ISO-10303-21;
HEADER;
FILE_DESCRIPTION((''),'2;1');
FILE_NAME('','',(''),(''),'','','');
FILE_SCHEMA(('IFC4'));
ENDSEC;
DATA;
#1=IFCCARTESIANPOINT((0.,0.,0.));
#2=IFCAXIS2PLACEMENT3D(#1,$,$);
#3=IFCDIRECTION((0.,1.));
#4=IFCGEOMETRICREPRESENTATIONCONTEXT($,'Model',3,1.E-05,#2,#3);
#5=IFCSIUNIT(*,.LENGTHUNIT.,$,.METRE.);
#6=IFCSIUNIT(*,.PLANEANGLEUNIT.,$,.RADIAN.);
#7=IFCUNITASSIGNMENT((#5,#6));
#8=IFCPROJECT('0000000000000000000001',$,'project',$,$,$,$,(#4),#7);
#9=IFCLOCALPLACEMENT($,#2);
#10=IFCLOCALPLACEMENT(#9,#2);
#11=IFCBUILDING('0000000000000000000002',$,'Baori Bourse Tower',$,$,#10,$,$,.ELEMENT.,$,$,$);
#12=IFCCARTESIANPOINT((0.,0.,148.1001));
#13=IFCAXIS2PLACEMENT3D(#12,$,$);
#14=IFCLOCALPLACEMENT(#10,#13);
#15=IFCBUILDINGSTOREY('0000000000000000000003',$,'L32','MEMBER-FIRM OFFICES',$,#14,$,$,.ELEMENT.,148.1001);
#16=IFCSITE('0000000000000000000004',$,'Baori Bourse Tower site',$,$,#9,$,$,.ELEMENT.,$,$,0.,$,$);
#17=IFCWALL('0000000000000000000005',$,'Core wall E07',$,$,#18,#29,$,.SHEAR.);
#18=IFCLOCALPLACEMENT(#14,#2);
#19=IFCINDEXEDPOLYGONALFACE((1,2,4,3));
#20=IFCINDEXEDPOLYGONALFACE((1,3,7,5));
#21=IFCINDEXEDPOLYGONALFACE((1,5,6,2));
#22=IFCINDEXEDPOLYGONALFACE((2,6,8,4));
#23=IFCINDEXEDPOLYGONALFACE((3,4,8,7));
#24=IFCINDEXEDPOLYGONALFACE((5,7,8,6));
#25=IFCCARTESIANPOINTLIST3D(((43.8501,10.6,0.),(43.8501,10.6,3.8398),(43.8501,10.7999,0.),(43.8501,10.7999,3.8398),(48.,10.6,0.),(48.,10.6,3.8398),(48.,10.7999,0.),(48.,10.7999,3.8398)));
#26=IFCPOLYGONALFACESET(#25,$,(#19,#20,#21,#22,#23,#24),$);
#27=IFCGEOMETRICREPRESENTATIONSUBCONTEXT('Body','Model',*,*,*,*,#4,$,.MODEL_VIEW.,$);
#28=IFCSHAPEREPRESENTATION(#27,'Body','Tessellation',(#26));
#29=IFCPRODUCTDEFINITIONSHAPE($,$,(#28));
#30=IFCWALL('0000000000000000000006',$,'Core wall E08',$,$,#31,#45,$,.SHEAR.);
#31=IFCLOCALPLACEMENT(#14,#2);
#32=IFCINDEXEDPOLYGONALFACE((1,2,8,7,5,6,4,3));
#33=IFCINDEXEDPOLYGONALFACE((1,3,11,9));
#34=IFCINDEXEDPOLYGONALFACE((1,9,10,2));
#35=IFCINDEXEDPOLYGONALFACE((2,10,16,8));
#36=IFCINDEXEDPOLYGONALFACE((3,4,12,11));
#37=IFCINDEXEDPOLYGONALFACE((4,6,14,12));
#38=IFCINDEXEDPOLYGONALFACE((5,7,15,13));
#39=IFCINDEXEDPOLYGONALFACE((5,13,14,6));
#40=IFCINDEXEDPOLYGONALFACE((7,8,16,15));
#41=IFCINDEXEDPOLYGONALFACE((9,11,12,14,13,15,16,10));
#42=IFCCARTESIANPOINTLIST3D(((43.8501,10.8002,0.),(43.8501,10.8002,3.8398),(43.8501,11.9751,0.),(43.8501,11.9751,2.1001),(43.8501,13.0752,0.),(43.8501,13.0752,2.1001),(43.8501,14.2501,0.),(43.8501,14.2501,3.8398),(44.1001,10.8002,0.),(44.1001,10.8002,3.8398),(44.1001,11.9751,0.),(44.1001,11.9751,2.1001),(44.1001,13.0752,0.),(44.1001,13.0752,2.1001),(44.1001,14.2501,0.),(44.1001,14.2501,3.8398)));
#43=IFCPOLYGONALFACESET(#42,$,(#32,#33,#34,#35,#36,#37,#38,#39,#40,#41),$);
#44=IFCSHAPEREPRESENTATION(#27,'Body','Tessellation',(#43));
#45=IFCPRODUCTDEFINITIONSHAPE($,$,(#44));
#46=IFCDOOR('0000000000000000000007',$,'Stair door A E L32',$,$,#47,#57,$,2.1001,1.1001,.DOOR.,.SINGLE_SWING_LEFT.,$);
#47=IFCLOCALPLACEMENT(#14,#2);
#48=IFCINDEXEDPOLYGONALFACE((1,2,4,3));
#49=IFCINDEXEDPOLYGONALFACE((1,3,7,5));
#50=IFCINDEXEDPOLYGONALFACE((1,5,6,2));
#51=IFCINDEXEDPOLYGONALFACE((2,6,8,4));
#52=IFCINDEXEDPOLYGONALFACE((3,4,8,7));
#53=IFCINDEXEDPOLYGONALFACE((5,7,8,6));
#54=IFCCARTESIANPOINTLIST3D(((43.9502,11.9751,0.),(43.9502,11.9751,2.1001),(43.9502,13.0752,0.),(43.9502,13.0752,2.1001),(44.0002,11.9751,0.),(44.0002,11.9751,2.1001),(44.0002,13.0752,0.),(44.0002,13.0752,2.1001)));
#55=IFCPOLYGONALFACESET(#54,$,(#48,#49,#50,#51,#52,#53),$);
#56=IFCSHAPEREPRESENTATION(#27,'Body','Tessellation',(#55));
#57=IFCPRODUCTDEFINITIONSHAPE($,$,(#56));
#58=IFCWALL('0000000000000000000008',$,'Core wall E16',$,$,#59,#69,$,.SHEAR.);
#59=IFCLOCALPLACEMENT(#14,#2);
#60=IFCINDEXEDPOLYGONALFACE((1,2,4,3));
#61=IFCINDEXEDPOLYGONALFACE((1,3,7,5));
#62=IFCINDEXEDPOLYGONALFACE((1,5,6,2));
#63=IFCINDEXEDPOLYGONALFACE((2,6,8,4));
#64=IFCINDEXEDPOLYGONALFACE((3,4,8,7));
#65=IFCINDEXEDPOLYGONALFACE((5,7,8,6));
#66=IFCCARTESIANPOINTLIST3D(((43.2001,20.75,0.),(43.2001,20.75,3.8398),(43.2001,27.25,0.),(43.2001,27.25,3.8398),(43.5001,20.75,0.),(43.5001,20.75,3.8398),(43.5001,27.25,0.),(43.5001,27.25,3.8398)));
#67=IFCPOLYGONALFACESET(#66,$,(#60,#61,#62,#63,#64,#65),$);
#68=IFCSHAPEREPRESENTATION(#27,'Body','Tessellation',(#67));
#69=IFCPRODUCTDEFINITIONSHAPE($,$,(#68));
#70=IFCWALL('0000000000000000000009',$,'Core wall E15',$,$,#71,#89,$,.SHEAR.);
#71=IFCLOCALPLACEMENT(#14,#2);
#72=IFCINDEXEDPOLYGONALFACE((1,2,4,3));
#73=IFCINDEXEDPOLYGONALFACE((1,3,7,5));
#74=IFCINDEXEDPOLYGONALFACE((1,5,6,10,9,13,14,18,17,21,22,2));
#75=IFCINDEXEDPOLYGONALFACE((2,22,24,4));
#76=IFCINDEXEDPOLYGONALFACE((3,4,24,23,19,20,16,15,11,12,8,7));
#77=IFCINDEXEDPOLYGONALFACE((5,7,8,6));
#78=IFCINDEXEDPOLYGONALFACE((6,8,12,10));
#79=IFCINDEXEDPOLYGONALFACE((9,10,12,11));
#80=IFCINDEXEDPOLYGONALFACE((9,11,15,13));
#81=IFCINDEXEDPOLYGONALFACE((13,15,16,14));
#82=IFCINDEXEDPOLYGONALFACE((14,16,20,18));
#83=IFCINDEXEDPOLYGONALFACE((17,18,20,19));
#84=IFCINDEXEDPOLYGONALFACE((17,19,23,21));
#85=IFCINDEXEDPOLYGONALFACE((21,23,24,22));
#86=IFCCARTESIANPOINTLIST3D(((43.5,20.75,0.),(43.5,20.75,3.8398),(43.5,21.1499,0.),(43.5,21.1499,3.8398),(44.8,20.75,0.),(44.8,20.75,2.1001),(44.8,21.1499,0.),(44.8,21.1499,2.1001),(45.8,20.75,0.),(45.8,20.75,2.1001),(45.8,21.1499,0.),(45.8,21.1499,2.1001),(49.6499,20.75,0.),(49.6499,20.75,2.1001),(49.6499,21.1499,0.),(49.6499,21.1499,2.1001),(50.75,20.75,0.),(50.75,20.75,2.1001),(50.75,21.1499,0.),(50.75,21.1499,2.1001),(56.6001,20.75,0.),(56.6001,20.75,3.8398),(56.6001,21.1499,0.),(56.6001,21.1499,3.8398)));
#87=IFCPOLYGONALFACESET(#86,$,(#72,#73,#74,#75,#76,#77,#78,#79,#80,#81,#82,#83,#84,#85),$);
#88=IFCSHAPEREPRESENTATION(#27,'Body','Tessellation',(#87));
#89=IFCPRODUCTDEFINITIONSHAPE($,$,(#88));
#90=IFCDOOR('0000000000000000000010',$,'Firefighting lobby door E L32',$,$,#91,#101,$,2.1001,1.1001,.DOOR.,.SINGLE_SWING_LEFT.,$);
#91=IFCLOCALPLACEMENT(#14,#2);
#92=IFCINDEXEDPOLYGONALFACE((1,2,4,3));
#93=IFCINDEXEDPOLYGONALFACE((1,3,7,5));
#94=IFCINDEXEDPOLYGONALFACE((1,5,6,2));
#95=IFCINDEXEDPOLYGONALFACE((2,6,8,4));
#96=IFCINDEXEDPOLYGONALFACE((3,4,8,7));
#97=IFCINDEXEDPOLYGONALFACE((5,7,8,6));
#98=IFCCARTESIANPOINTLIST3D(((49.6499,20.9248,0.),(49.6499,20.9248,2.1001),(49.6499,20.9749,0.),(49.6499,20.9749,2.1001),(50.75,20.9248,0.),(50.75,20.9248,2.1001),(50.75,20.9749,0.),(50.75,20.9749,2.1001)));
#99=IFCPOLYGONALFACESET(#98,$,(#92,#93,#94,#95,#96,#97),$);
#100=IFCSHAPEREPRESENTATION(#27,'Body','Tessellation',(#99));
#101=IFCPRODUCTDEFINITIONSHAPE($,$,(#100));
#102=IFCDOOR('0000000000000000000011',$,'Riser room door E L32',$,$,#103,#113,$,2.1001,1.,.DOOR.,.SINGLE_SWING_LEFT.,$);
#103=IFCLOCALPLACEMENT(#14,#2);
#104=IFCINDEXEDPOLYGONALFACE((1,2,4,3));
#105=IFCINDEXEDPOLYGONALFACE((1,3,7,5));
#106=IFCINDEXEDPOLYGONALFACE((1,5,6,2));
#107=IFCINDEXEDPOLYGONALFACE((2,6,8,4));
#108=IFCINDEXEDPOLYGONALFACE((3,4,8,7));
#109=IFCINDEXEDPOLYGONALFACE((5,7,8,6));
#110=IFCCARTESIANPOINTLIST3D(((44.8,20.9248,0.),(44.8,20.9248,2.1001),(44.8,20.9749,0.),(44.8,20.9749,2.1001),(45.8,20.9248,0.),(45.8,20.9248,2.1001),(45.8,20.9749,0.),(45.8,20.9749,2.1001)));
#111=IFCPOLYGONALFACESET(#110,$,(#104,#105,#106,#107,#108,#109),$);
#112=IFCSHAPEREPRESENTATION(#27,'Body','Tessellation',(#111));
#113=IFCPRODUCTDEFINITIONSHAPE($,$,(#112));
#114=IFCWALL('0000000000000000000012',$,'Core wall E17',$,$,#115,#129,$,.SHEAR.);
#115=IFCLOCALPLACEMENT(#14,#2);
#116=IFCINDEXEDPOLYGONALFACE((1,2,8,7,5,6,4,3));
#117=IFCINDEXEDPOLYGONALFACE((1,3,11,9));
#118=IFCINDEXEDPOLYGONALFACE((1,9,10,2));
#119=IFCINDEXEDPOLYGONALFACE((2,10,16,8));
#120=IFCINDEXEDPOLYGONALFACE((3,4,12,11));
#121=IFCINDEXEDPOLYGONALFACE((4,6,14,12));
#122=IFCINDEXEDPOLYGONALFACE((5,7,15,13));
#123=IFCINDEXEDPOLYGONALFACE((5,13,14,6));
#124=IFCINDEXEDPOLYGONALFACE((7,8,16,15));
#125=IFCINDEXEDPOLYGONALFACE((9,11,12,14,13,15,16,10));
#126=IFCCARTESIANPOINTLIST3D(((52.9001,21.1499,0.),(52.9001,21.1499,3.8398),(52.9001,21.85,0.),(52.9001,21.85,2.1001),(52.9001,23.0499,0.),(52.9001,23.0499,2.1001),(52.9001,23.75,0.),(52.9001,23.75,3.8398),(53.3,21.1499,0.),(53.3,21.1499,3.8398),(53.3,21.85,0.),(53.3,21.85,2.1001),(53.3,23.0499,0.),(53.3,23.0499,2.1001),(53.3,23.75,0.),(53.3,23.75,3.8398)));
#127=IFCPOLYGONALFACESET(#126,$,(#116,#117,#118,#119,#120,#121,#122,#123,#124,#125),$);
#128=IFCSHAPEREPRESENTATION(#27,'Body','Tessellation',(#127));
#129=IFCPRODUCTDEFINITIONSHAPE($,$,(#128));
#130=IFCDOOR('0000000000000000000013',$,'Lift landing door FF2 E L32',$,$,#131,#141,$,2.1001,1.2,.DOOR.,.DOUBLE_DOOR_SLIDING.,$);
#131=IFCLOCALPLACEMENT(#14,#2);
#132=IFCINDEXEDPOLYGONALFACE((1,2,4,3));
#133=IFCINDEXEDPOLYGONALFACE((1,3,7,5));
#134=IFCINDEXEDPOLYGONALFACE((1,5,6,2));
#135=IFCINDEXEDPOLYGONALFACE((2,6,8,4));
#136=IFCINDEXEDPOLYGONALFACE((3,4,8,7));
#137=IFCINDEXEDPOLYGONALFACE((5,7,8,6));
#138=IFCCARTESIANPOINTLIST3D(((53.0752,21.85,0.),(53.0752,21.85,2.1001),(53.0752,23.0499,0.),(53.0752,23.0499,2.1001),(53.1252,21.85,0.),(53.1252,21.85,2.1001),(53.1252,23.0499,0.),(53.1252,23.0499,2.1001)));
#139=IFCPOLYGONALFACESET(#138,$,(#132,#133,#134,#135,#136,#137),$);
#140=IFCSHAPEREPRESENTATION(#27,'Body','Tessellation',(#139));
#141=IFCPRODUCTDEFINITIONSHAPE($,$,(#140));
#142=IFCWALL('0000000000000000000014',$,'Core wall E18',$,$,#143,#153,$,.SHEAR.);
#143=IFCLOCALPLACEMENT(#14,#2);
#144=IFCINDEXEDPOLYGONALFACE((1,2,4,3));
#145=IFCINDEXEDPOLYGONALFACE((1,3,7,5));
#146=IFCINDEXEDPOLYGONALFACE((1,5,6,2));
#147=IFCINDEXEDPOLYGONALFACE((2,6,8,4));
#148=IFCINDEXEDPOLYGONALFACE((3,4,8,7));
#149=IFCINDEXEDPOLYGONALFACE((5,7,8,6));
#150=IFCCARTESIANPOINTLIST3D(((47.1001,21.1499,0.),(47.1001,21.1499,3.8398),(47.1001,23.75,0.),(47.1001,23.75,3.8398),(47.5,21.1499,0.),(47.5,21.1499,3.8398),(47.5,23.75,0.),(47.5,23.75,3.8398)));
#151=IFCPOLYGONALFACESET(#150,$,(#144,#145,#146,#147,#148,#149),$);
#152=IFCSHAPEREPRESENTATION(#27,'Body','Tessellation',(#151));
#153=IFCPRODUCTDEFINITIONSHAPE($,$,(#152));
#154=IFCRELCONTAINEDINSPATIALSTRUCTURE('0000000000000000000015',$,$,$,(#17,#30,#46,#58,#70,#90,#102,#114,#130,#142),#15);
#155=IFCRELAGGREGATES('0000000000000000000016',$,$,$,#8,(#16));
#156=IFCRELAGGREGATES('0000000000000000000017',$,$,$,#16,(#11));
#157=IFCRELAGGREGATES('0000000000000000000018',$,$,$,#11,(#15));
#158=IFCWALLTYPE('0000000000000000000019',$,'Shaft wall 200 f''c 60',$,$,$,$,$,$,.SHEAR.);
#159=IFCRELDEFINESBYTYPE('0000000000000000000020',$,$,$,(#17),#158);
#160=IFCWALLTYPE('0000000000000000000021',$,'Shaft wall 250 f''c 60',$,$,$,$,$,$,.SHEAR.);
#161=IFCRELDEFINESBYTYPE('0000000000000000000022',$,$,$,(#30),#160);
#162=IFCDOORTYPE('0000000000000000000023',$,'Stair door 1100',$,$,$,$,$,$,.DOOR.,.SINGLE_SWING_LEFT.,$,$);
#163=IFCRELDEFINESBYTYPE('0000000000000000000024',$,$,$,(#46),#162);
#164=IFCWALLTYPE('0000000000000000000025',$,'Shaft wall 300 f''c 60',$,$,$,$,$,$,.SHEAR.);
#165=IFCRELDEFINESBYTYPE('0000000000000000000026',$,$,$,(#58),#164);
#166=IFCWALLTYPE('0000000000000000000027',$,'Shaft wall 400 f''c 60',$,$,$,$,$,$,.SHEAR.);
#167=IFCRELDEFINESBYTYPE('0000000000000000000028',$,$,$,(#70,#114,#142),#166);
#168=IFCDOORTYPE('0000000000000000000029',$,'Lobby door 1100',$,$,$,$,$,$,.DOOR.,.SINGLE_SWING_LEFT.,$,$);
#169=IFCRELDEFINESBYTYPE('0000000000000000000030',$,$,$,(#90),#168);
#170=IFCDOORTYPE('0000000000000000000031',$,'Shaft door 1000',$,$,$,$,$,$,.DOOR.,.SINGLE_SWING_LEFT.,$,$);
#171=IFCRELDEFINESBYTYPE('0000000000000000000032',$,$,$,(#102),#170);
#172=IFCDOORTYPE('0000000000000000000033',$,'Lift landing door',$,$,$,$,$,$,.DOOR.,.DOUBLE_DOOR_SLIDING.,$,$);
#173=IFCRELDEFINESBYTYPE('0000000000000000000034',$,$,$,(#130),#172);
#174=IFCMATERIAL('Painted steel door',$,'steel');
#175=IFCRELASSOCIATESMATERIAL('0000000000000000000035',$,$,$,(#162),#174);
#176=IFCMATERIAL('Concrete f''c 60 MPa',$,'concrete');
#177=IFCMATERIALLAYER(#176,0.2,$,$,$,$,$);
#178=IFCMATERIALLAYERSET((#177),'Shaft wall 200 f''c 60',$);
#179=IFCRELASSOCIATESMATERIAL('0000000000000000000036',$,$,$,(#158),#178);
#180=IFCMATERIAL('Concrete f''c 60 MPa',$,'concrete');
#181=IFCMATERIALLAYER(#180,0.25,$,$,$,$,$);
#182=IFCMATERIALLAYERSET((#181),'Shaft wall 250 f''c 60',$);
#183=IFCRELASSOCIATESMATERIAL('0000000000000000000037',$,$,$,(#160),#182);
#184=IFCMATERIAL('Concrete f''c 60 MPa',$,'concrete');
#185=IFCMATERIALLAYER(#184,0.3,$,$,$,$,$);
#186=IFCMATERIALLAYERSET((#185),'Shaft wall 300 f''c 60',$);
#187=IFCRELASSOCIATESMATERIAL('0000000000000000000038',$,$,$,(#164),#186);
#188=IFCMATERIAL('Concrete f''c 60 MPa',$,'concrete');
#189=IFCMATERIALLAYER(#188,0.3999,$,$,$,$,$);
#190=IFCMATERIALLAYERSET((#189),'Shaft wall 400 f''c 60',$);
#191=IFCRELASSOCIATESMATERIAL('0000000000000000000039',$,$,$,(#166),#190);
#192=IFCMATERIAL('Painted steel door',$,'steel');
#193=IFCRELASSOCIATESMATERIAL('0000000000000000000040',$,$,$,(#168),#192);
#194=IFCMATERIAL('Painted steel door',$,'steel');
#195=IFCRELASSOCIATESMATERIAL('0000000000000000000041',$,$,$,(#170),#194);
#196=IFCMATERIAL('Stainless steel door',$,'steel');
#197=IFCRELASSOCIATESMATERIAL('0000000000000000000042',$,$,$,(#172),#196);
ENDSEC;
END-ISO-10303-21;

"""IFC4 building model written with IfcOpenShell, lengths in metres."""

from ifc_helpers import new_model, si_unit, direction, frame, frame_2d, origin, place, context, subcontext, project, spatial, rectangle, extrude, material, layer, layer_set, type_object, element, fill, save


model = new_model("IFC4")

# Units and contexts
model_context = context("Model", 3, precision=1e-05, world=origin(), true_north=direction((0.0, 1.0)))
body_context = subcontext(model_context, "Body", "Model", "MODEL_VIEW")
ifc_project = project(units=[si_unit("LENGTHUNIT", "METRE"), si_unit("PLANEANGLEUNIT", "RADIAN")], contexts=[model_context])

# Site, building, storey
site_placement = place(None, origin())
site = spatial("IfcSite", under=ifc_project, at=site_placement, Name="Baori Bourse Tower site", CompositionType="ELEMENT", RefElevation=0.0)
building_placement = place(site_placement, origin())
building = spatial("IfcBuilding", under=site, at=building_placement, Name="Baori Bourse Tower", CompositionType="ELEMENT")
storey_placement = place(building_placement, frame((0.0, 0.0, 148.1001)))
storey = spatial("IfcBuildingStorey", under=building, at=storey_placement, Name="L32", Description="MEMBER-FIRM OFFICES", CompositionType="ELEMENT", Elevation=148.1001)

# Shared definitions
ifc_material_1 = material(Name="Painted steel door", Category="steel")
door_type_1 = type_object("IfcDoorType", Name="Stair door 1100", OperationType="SINGLE_SWING_LEFT", PredefinedType="DOOR", material=ifc_material_1)

# Wall
ifc_material_2 = material(Name="Concrete f'c 60 MPa", Category="concrete")
ifc_layer_1 = layer(ifc_material_2, 0.2)
ifc_layer_set_1 = layer_set([ifc_layer_1], Name="Shaft wall 200 f'c 60")
wall_type_1 = type_object("IfcWallType", Name="Shaft wall 200 f'c 60", PredefinedType="SHEAR", material=ifc_layer_set_1)
wall_1_placement = place(storey_placement, frame((43.8501, 10.7, 0.0), z_axis=(0.0, 0.0, 1.0), x_axis=(1.0, 0.0, 0.0)))
element("IfcWall", 1, at=wall_1_placement, inside=storey, type_object=wall_type_1, Name="Core wall E07", PredefinedType="SHEAR", context=body_context, shape_type="SweptSolid", body=[
    extrude(rectangle(XDim=4.1499, YDim=0.2, at=frame_2d((2.075, 0.0))), origin(), (0.0, 0.0, 1.0), 3.8398),
])

# Wall, opening, door
ifc_material_3 = material(Name="Concrete f'c 60 MPa", Category="concrete")
ifc_layer_2 = layer(ifc_material_3, 0.25)
ifc_layer_set_2 = layer_set([ifc_layer_2], Name="Shaft wall 250 f'c 60")
wall_type_2 = type_object("IfcWallType", Name="Shaft wall 250 f'c 60", PredefinedType="SHEAR", material=ifc_layer_set_2)
wall_2_placement = place(storey_placement, frame((43.9751, 10.8, 0.0), z_axis=(0.0, 0.0, 1.0), x_axis=(0.0, 1.0, 0.0)))
wall_2 = element("IfcWall", 2, at=wall_2_placement, inside=storey, type_object=wall_type_2, Name="Core wall E08", PredefinedType="SHEAR", context=body_context, shape_type="SweptSolid", body=[
    extrude(rectangle(XDim=3.45, YDim=0.25, at=frame_2d((1.7251, 0.0))), origin(), (0.0, 0.0, 1.0), 3.8398),
])
opening_1_placement = place(wall_2_placement, frame((1.175, 0.0, 0.0)))
opening_1 = element("IfcOpeningElement", 3, at=opening_1_placement, cuts=wall_2, PredefinedType="OPENING", context=body_context, shape_type="SweptSolid", body=[
    extrude(rectangle(XDim=1.1001, YDim=2.1001, at=frame_2d((0.55, 1.05))), frame((0.0, 0.135, 0.0), z_axis=(0.0, -1.0, 0.0), x_axis=(1.0, 0.0, 0.0)), (0.0, 0.0, 1.0), 0.27),
])
door_1_placement = place(opening_1_placement, origin())
door_1 = element("IfcDoor", 4, at=door_1_placement, inside=storey, type_object=door_type_1, Name="Stair door A E L32", OperationType="SINGLE_SWING_LEFT", OverallHeight=2.1001, OverallWidth=1.1001, PredefinedType="DOOR", context=body_context, shape_type="SweptSolid", body=[
    extrude(rectangle(XDim=1.1001, YDim=2.1001, at=frame_2d((0.55, 1.05))), frame((0.0, 0.0249, 0.0), z_axis=(0.0, -1.0, 0.0), x_axis=(1.0, 0.0, 0.0)), (0.0, 0.0, 1.0), 0.05),
])
fill(opening_1, door_1)

# Wall
ifc_material_4 = material(Name="Concrete f'c 60 MPa", Category="concrete")
ifc_layer_3 = layer(ifc_material_4, 0.3)
ifc_layer_set_3 = layer_set([ifc_layer_3], Name="Shaft wall 300 f'c 60")
wall_type_3 = type_object("IfcWallType", Name="Shaft wall 300 f'c 60", PredefinedType="SHEAR", material=ifc_layer_set_3)
wall_3_placement = place(storey_placement, frame((43.3501, 20.75, 0.0), z_axis=(0.0, 0.0, 1.0), x_axis=(0.0, 1.0, 0.0)))
element("IfcWall", 5, at=wall_3_placement, inside=storey, type_object=wall_type_3, Name="Core wall E16", PredefinedType="SHEAR", context=body_context, shape_type="SweptSolid", body=[
    extrude(rectangle(XDim=6.5, YDim=0.3, at=frame_2d((3.25, 0.0))), origin(), (0.0, 0.0, 1.0), 3.8398),
])

# Wall, openings, doors
ifc_material_5 = material(Name="Concrete f'c 60 MPa", Category="concrete")
ifc_layer_4 = layer(ifc_material_5, 0.3999)
ifc_layer_set_4 = layer_set([ifc_layer_4], Name="Shaft wall 400 f'c 60")
wall_type_4 = type_object("IfcWallType", Name="Shaft wall 400 f'c 60", PredefinedType="SHEAR", material=ifc_layer_set_4)
wall_4_placement = place(storey_placement, frame((43.5, 20.95, 0.0), z_axis=(0.0, 0.0, 1.0), x_axis=(1.0, 0.0, 0.0)))
wall_4 = element("IfcWall", 6, at=wall_4_placement, inside=storey, type_object=wall_type_4, Name="Core wall E15", PredefinedType="SHEAR", context=body_context, shape_type="SweptSolid", body=[
    extrude(rectangle(XDim=13.1001, YDim=0.3999, at=frame_2d((6.55, 0.0))), origin(), (0.0, 0.0, 1.0), 3.8398),
])
opening_2_placement = place(wall_4_placement, frame((6.1499, 0.0, 0.0)))
opening_2 = element("IfcOpeningElement", 7, at=opening_2_placement, cuts=wall_4, PredefinedType="OPENING", context=body_context, shape_type="SweptSolid", body=[
    extrude(rectangle(XDim=1.1001, YDim=2.1001, at=frame_2d((0.55, 1.05))), frame((0.0, 0.21, 0.0), z_axis=(0.0, -1.0, 0.0), x_axis=(1.0, 0.0, 0.0)), (0.0, 0.0, 1.0), 0.4199),
])
opening_3_placement = place(wall_4_placement, frame((1.3, 0.0, 0.0)))
opening_3 = element("IfcOpeningElement", 8, at=opening_3_placement, cuts=wall_4, PredefinedType="OPENING", context=body_context, shape_type="SweptSolid", body=[
    extrude(rectangle(XDim=1.0, YDim=2.1001, at=frame_2d((0.5, 1.05))), frame((0.0, 0.21, 0.0), z_axis=(0.0, -1.0, 0.0), x_axis=(1.0, 0.0, 0.0)), (0.0, 0.0, 1.0), 0.4199),
])
ifc_material_6 = material(Name="Painted steel door", Category="steel")
door_type_2 = type_object("IfcDoorType", Name="Lobby door 1100", OperationType="SINGLE_SWING_LEFT", PredefinedType="DOOR", material=ifc_material_6)
door_2_placement = place(opening_2_placement, origin())
door_2 = element("IfcDoor", 9, at=door_2_placement, inside=storey, type_object=door_type_2, Name="Firefighting lobby door E L32", OperationType="SINGLE_SWING_LEFT", OverallHeight=2.1001, OverallWidth=1.1001, PredefinedType="DOOR", context=body_context, shape_type="SweptSolid", body=[
    extrude(rectangle(XDim=1.1001, YDim=2.1001, at=frame_2d((0.55, 1.05))), frame((0.0, 0.0249, 0.0), z_axis=(0.0, -1.0, 0.0), x_axis=(1.0, 0.0, 0.0)), (0.0, 0.0, 1.0), 0.05),
])
fill(opening_2, door_2)
ifc_material_7 = material(Name="Painted steel door", Category="steel")
door_type_3 = type_object("IfcDoorType", Name="Shaft door 1000", OperationType="SINGLE_SWING_LEFT", PredefinedType="DOOR", material=ifc_material_7)
door_3_placement = place(opening_3_placement, origin())
door_3 = element("IfcDoor", 10, at=door_3_placement, inside=storey, type_object=door_type_3, Name="Riser room door E L32", OperationType="SINGLE_SWING_LEFT", OverallHeight=2.1001, OverallWidth=1.0, PredefinedType="DOOR", context=body_context, shape_type="SweptSolid", body=[
    extrude(rectangle(XDim=1.0, YDim=2.1001, at=frame_2d((0.5, 1.05))), frame((0.0, 0.0249, 0.0), z_axis=(0.0, -1.0, 0.0), x_axis=(1.0, 0.0, 0.0)), (0.0, 0.0, 1.0), 0.05),
])
fill(opening_3, door_3)

# Wall, opening, door
wall_5_placement = place(storey_placement, frame((53.1001, 21.1499, 0.0), z_axis=(0.0, 0.0, 1.0), x_axis=(0.0, 1.0, 0.0)))
wall_5 = element("IfcWall", 11, at=wall_5_placement, inside=storey, type_object=wall_type_4, Name="Core wall E17", PredefinedType="SHEAR", context=body_context, shape_type="SweptSolid", body=[
    extrude(rectangle(XDim=2.6001, YDim=0.3999, at=frame_2d((1.3, 0.0))), origin(), (0.0, 0.0, 1.0), 3.8398),
])
opening_4_placement = place(wall_5_placement, frame((0.7, 0.0, 0.0)))
opening_4 = element("IfcOpeningElement", 12, at=opening_4_placement, cuts=wall_5, PredefinedType="OPENING", context=body_context, shape_type="SweptSolid", body=[
    extrude(rectangle(XDim=1.2, YDim=2.1001, at=frame_2d((0.6001, 1.05))), frame((0.0, 0.21, 0.0), z_axis=(0.0, -1.0, 0.0), x_axis=(1.0, 0.0, 0.0)), (0.0, 0.0, 1.0), 0.4199),
])
ifc_material_8 = material(Name="Stainless steel door", Category="steel")
door_type_4 = type_object("IfcDoorType", Name="Lift landing door", OperationType="DOUBLE_DOOR_SLIDING", PredefinedType="DOOR", material=ifc_material_8)
door_4_placement = place(opening_4_placement, origin())
door_4 = element("IfcDoor", 13, at=door_4_placement, inside=storey, type_object=door_type_4, Name="Lift landing door FF2 E L32", OperationType="DOUBLE_DOOR_SLIDING", OverallHeight=2.1001, OverallWidth=1.2, PredefinedType="DOOR", context=body_context, shape_type="SweptSolid", body=[
    extrude(rectangle(XDim=1.2, YDim=2.1001, at=frame_2d((0.6001, 1.05))), frame((0.0, 0.0249, 0.0), z_axis=(0.0, -1.0, 0.0), x_axis=(1.0, 0.0, 0.0)), (0.0, 0.0, 1.0), 0.05),
])
fill(opening_4, door_4)

# Wall
wall_6_placement = place(storey_placement, frame((47.3, 21.1499, 0.0), z_axis=(0.0, 0.0, 1.0), x_axis=(0.0, 1.0, 0.0)))
element("IfcWall", 14, at=wall_6_placement, inside=storey, type_object=wall_type_4, Name="Core wall E18", PredefinedType="SHEAR", context=body_context, shape_type="SweptSolid", body=[
    extrude(rectangle(XDim=2.6001, YDim=0.3999, at=frame_2d((1.3, 0.0))), origin(), (0.0, 0.0, 1.0), 3.8398),
])

save(model, "model.ifc")
